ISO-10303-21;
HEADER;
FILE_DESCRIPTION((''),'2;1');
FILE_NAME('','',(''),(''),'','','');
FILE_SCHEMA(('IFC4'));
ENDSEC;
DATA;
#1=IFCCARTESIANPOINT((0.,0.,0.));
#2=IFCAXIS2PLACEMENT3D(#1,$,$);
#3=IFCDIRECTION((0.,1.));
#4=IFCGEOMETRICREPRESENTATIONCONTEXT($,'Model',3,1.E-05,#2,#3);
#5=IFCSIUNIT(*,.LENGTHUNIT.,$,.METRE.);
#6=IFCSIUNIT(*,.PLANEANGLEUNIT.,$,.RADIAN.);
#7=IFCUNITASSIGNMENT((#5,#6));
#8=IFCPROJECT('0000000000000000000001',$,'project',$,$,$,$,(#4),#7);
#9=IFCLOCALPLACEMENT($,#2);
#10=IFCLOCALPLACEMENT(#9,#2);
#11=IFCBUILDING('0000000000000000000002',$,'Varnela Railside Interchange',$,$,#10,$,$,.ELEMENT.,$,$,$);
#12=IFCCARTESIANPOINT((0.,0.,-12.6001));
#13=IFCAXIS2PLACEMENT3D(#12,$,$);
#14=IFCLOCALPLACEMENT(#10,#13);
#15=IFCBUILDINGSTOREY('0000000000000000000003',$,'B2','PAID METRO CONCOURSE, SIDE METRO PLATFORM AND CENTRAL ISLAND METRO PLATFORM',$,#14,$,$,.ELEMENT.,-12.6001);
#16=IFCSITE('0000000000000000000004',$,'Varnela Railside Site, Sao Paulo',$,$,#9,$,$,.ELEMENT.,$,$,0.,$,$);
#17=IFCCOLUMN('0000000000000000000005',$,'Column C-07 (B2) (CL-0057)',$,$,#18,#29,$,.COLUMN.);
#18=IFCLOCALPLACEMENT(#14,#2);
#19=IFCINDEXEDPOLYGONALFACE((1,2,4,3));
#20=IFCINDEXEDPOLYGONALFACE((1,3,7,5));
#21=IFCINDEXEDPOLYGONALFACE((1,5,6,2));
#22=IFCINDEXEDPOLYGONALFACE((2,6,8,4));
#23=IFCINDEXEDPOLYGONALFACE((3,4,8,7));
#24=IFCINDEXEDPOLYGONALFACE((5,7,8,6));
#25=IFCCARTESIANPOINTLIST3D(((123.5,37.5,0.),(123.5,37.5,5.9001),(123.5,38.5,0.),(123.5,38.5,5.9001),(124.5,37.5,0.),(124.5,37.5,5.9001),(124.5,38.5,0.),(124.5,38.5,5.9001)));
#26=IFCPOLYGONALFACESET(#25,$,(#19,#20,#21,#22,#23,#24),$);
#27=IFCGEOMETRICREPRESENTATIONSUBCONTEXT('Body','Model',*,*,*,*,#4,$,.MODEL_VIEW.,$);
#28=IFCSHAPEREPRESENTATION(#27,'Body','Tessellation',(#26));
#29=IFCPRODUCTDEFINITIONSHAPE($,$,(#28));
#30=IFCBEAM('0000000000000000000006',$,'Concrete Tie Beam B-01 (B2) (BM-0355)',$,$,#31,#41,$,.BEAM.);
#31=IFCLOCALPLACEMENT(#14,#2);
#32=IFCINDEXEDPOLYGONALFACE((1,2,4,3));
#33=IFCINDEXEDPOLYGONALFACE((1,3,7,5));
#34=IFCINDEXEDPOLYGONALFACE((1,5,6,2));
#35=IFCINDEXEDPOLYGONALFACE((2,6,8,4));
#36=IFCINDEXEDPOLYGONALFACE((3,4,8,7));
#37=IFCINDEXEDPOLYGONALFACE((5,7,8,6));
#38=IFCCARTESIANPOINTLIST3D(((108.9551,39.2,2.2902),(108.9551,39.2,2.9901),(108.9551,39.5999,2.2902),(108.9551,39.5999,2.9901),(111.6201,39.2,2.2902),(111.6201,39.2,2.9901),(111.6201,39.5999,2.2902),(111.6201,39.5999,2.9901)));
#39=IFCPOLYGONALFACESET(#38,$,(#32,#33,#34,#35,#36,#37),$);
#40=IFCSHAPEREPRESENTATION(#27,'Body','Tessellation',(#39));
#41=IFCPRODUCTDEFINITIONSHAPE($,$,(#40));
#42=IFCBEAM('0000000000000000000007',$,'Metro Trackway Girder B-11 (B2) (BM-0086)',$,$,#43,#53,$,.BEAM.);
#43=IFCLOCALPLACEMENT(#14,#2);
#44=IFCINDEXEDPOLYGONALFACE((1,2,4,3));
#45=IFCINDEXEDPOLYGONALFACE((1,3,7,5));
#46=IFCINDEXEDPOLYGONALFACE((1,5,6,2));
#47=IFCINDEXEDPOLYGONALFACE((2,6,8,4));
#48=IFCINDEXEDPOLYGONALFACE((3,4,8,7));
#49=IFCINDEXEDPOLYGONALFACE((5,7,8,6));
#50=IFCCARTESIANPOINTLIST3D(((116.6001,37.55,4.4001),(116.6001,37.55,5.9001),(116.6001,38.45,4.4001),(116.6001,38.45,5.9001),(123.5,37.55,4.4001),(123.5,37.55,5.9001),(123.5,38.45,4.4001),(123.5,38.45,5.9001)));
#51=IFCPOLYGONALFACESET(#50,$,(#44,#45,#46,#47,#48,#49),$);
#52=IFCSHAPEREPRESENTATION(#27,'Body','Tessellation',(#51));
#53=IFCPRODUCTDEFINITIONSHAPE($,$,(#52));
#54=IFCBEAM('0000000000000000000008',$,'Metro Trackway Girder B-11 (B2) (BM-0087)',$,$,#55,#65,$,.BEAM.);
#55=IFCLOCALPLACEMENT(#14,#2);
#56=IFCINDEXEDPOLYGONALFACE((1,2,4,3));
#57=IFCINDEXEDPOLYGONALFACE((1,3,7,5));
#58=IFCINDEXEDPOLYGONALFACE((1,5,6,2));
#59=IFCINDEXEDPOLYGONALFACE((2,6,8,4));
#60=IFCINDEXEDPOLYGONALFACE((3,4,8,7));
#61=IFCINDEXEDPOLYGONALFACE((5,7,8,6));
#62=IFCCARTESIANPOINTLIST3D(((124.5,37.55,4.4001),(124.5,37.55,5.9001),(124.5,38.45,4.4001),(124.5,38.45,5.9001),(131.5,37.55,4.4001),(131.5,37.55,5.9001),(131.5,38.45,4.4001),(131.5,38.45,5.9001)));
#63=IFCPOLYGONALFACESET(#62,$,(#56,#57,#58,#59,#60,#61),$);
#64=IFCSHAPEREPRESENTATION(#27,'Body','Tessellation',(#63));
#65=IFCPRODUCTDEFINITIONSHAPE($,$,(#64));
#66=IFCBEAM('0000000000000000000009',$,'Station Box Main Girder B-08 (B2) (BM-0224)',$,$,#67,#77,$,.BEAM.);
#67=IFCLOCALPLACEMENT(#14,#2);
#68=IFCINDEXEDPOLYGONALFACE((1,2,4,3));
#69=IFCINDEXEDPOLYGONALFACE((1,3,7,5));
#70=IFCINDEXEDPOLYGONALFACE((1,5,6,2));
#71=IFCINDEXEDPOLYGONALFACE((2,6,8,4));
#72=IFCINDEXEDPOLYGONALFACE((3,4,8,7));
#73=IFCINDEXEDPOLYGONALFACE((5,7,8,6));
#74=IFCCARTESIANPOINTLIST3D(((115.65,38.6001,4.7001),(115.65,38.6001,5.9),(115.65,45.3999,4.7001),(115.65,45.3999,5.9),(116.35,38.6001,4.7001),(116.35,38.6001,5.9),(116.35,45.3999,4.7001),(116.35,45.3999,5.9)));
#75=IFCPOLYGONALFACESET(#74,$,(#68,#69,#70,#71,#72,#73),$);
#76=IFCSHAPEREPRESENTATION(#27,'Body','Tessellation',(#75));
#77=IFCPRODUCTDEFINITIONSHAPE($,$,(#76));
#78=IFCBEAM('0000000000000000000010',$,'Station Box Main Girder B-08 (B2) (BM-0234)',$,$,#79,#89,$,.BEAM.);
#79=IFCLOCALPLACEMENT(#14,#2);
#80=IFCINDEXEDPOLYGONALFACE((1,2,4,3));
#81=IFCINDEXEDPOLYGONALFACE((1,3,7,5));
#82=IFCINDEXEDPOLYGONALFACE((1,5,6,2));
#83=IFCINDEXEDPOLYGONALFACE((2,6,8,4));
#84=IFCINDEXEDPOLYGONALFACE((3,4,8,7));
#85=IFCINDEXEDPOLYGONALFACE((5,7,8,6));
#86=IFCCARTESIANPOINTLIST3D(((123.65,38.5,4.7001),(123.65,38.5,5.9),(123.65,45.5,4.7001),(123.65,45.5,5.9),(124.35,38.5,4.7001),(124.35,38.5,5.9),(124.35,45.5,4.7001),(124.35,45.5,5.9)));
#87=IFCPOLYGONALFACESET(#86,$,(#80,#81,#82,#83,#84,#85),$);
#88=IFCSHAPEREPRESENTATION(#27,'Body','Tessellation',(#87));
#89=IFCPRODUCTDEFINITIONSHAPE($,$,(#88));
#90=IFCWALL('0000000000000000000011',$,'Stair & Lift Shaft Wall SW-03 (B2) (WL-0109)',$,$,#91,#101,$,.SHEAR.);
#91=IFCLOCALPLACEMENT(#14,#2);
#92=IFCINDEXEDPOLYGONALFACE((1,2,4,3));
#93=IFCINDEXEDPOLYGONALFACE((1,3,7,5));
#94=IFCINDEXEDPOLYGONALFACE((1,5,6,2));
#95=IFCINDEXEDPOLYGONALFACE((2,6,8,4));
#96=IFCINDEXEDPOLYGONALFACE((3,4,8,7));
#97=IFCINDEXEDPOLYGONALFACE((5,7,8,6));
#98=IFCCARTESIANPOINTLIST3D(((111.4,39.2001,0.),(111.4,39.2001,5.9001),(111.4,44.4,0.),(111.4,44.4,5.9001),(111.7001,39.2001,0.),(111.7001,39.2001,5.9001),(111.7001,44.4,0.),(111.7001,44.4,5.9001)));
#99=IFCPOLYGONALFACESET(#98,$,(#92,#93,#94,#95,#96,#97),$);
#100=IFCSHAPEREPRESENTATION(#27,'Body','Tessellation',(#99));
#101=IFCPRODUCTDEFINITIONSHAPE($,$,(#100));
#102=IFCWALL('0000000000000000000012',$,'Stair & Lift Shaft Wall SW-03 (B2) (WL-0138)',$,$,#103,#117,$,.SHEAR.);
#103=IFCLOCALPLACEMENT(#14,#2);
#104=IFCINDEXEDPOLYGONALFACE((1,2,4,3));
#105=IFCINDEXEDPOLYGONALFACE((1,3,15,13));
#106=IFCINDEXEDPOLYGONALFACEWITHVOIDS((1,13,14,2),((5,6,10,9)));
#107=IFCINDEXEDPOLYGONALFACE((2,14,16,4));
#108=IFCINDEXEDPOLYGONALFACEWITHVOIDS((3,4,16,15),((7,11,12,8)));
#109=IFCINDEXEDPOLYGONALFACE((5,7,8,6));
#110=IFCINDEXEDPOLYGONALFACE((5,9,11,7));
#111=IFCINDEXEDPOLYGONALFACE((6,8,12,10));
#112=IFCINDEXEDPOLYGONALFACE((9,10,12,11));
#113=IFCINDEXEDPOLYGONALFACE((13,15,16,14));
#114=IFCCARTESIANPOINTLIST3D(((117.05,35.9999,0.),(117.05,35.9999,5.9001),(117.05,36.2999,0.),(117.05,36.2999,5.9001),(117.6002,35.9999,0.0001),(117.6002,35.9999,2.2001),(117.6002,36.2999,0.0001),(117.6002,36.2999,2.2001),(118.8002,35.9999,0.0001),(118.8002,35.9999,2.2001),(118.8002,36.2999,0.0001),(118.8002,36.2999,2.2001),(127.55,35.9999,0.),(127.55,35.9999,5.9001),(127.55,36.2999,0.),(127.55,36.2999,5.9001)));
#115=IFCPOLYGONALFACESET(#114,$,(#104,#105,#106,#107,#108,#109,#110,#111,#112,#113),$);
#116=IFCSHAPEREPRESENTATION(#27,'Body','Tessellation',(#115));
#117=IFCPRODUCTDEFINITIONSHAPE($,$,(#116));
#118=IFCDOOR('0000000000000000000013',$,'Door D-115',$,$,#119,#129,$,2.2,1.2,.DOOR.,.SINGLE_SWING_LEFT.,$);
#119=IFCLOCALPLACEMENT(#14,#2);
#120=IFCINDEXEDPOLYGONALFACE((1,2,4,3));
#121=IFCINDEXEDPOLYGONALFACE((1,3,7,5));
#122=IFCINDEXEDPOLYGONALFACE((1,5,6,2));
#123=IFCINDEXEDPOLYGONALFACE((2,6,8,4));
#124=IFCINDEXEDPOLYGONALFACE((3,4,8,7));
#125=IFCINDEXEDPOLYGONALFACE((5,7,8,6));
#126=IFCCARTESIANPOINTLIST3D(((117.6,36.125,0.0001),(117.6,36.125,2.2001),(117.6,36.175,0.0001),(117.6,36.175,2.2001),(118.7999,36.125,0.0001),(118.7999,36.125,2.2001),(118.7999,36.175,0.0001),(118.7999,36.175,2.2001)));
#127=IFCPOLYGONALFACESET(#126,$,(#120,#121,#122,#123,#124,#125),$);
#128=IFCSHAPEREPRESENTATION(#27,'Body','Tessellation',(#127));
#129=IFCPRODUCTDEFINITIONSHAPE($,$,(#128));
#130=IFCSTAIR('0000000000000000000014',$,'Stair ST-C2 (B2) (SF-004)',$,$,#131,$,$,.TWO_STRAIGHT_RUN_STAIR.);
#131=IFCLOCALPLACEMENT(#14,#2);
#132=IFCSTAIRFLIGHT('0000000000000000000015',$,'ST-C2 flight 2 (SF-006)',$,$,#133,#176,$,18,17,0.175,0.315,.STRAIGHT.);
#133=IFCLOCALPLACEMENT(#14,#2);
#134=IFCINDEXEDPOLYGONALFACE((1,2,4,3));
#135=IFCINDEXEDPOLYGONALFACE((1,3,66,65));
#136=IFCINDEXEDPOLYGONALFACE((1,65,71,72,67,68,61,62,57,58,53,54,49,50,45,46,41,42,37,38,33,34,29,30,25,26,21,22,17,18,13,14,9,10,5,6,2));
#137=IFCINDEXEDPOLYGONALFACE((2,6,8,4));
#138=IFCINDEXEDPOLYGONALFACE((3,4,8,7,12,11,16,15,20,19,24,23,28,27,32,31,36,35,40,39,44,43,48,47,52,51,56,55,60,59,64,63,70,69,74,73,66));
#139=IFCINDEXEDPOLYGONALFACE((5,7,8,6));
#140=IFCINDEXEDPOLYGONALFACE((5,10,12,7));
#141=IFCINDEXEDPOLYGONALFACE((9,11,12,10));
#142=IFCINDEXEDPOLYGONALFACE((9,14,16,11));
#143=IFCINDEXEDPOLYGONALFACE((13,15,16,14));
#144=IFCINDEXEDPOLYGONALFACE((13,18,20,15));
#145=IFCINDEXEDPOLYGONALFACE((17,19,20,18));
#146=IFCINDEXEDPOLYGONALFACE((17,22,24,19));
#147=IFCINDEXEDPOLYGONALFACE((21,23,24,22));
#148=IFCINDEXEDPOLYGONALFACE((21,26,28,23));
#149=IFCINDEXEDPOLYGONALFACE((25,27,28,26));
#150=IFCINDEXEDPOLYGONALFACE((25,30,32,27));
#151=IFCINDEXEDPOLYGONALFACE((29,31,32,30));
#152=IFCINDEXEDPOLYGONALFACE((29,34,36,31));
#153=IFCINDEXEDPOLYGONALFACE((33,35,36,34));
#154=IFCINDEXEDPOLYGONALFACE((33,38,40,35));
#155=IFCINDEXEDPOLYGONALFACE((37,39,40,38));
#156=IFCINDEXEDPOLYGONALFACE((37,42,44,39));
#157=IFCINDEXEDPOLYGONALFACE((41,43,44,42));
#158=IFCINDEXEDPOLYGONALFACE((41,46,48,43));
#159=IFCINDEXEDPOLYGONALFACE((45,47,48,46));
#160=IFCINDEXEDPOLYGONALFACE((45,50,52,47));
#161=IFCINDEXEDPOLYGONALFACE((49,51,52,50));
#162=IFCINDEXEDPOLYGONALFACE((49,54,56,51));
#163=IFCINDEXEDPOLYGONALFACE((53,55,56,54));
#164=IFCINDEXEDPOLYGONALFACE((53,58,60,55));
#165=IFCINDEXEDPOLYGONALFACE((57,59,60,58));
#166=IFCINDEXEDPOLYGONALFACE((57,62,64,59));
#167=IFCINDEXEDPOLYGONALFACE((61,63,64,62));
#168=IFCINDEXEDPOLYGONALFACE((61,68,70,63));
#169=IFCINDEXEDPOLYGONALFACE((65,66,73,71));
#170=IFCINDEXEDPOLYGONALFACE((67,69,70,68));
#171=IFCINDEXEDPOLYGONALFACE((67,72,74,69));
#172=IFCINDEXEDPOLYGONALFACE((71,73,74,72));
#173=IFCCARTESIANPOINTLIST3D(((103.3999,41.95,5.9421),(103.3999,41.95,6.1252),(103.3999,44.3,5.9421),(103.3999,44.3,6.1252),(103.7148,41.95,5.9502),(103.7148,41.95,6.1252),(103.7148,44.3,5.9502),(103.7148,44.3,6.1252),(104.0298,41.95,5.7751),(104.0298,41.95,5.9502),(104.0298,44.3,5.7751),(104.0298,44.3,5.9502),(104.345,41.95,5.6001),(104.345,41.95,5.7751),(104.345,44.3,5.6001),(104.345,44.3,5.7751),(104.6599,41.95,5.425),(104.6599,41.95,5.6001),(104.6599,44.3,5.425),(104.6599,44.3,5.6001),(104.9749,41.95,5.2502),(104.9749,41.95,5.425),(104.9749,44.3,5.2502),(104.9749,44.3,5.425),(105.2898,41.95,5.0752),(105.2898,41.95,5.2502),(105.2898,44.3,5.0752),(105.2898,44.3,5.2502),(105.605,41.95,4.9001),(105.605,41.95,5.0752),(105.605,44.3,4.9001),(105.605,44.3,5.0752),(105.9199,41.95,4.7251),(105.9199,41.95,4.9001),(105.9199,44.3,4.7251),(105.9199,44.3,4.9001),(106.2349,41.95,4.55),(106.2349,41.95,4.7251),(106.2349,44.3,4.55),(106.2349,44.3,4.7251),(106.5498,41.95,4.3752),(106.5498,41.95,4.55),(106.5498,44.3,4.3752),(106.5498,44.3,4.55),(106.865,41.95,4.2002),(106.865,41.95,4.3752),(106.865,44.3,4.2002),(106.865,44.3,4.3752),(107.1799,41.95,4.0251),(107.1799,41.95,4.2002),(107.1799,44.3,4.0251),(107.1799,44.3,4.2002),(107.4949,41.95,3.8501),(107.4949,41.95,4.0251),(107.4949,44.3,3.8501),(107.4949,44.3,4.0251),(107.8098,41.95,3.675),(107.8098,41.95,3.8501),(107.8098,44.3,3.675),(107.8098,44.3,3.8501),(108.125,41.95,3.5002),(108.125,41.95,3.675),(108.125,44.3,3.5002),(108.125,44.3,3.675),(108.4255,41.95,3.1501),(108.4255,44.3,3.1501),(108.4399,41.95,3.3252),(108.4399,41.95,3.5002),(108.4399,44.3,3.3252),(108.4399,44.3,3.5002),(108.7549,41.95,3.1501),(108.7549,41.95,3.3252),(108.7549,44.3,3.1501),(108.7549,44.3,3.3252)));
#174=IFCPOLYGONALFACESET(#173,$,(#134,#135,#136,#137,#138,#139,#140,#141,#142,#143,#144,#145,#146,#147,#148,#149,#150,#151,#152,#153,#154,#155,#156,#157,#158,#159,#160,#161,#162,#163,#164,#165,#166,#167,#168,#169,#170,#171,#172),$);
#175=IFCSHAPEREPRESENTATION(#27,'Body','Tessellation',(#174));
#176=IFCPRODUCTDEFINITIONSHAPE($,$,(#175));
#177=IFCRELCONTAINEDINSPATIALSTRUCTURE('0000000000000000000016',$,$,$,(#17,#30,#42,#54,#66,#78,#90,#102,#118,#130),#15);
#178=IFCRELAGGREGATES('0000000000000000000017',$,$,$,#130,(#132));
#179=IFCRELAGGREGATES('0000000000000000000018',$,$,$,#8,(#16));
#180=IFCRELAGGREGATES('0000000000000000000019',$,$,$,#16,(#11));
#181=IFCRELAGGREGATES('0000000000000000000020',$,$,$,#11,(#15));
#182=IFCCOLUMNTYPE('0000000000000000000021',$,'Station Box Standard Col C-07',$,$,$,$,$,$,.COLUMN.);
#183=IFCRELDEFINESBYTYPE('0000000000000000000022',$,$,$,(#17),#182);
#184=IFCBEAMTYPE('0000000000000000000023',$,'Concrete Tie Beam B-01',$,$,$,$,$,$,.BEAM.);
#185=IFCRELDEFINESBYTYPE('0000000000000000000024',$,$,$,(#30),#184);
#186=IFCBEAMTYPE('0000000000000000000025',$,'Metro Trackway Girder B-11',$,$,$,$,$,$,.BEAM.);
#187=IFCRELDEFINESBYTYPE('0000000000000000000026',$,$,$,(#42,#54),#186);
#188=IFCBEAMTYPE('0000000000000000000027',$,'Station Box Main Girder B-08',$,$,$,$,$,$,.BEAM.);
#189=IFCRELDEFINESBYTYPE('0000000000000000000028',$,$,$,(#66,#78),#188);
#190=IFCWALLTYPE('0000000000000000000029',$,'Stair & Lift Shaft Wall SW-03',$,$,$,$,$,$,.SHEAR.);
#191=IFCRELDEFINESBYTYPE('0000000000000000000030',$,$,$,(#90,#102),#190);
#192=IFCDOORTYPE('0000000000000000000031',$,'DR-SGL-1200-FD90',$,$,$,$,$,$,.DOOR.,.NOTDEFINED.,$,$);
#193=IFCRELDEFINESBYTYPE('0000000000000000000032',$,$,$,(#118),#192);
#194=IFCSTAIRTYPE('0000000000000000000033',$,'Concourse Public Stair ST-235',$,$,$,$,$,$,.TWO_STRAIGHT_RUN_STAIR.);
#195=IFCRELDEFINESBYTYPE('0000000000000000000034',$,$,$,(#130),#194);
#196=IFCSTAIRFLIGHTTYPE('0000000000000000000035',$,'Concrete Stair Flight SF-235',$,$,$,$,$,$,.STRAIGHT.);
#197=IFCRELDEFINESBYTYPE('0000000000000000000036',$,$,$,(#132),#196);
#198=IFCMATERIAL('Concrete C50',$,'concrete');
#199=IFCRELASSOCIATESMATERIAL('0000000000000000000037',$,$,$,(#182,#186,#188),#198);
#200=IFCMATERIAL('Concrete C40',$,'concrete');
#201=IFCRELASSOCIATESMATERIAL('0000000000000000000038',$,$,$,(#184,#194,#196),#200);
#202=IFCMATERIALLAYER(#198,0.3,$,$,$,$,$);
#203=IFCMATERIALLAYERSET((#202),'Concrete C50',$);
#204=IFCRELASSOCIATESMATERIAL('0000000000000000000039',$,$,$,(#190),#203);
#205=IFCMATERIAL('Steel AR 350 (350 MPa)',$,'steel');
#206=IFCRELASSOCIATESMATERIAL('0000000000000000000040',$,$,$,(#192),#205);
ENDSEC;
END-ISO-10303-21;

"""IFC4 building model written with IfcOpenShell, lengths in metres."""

from ifc_helpers import new_model, si_unit, direction, frame, frame_2d, origin, origin_2d, place, context, subcontext, project, spatial, polyline, rectangle, outline, extrude, material, layer, layer_set, material_profile, profile_set, type_object, element, fill, aggregate, save


model = new_model("IFC4")

# Units and contexts
model_context = context("Model", 3, precision=1e-05, world=origin(), true_north=direction((0.0, 1.0)))
body_context = subcontext(model_context, "Body", "Model", "MODEL_VIEW")
ifc_project = project(units=[si_unit("LENGTHUNIT", "METRE"), si_unit("PLANEANGLEUNIT", "RADIAN")], contexts=[model_context])

# Site, building, storey
site_placement = place(None, origin())
site = spatial("IfcSite", under=ifc_project, at=site_placement, Name="Varnela Railside Site, Sao Paulo", CompositionType="ELEMENT", RefElevation=0.0)
building_placement = place(site_placement, origin())
building = spatial("IfcBuilding", under=site, at=building_placement, Name="Varnela Railside Interchange", CompositionType="ELEMENT")
storey_placement = place(building_placement, frame((0.0, 0.0, -12.6001)))
storey = spatial("IfcBuildingStorey", under=building, at=storey_placement, Name="B2", Description="PAID METRO CONCOURSE, SIDE METRO PLATFORM AND CENTRAL ISLAND METRO PLATFORM", CompositionType="ELEMENT", Elevation=-12.6001)

# Shared definitions
ifc_material_1 = material(Name="Concrete C40", Category="concrete")

# Shared definitions
ifc_material_2 = material(Name="Concrete C50", Category="concrete")

# Column
ifc_material_profile_1 = material_profile(ifc_material_2, rectangle(XDim=1.0, YDim=1.0, at=origin_2d()), Name="RC 1000x1000")
ifc_profile_set_1 = profile_set([ifc_material_profile_1], Name="Concrete C50")
column_type_1 = type_object("IfcColumnType", Name="Station Box Standard Col C-07", PredefinedType="COLUMN", material=ifc_profile_set_1)
column_1_placement = place(storey_placement, frame((124.0, 38.0, 0.0), z_axis=(0.0, 0.0, 1.0), x_axis=(1.0, 0.0, 0.0)))
element("IfcColumn", 1, at=column_1_placement, inside=storey, type_object=column_type_1, Name="Column C-07 (B2) (CL-0057)", PredefinedType="COLUMN", context=body_context, shape_type="SweptSolid", body=[
    extrude(rectangle(XDim=1.0, YDim=1.0, at=origin_2d()), origin(), (0.0, 0.0, 1.0), 5.9001),
])

# Beams
ifc_material_profile_2 = material_profile(ifc_material_1, rectangle(XDim=0.3999, YDim=0.7, at=origin_2d()), Name="RC 400x700")
ifc_profile_set_2 = profile_set([ifc_material_profile_2], Name="Concrete C40")
beam_type_1 = type_object("IfcBeamType", Name="Concrete Tie Beam B-01", PredefinedType="BEAM", material=ifc_profile_set_2)
beam_1_placement = place(storey_placement, frame((108.9551, 39.3999, 2.6401), z_axis=(1.0, 0.0, 0.0), x_axis=(0.0, 1.0, 0.0)))
element("IfcBeam", 2, at=beam_1_placement, inside=storey, type_object=beam_type_1, Name="Concrete Tie Beam B-01 (B2) (BM-0355)", PredefinedType="BEAM", context=body_context, shape_type="SweptSolid", body=[
    extrude(rectangle(XDim=0.3999, YDim=0.7, at=origin_2d()), origin(), (0.0, 0.0, 1.0), 2.665),
])
ifc_material_profile_3 = material_profile(ifc_material_2, rectangle(XDim=0.8999, YDim=1.5, at=origin_2d()), Name="RC 900x1500")
ifc_profile_set_3 = profile_set([ifc_material_profile_3], Name="Concrete C50")
beam_type_2 = type_object("IfcBeamType", Name="Metro Trackway Girder B-11", PredefinedType="BEAM", material=ifc_profile_set_3)
beam_2_placement = place(storey_placement, frame((116.6001, 38.0, 5.1501), z_axis=(1.0, 0.0, 0.0), x_axis=(0.0, 1.0, 0.0)))
element("IfcBeam", 3, at=beam_2_placement, inside=storey, type_object=beam_type_2, Name="Metro Trackway Girder B-11 (B2) (BM-0086)", PredefinedType="BEAM", context=body_context, shape_type="SweptSolid", body=[
    extrude(rectangle(XDim=0.8999, YDim=1.5, at=origin_2d()), origin(), (0.0, 0.0, 1.0), 6.8999),
])
beam_3_placement = place(storey_placement, frame((124.5, 38.0, 5.1501), z_axis=(1.0, 0.0, 0.0), x_axis=(0.0, 1.0, 0.0)))
element("IfcBeam", 4, at=beam_3_placement, inside=storey, type_object=beam_type_2, Name="Metro Trackway Girder B-11 (B2) (BM-0087)", PredefinedType="BEAM", context=body_context, shape_type="SweptSolid", body=[
    extrude(rectangle(XDim=0.8999, YDim=1.5, at=origin_2d()), origin(), (0.0, 0.0, 1.0), 7.0),
])
ifc_material_profile_4 = material_profile(ifc_material_2, rectangle(XDim=0.7, YDim=1.2, at=origin_2d()), Name="RC 700x1200")
ifc_profile_set_4 = profile_set([ifc_material_profile_4], Name="Concrete C50")
beam_type_3 = type_object("IfcBeamType", Name="Station Box Main Girder B-08", PredefinedType="BEAM", material=ifc_profile_set_4)
beam_4_placement = place(storey_placement, frame((116.0, 38.6001, 5.3), z_axis=(0.0, 1.0, 0.0), x_axis=(-1.0, 0.0, 0.0)))
element("IfcBeam", 5, at=beam_4_placement, inside=storey, type_object=beam_type_3, Name="Station Box Main Girder B-08 (B2) (BM-0224)", PredefinedType="BEAM", context=body_context, shape_type="SweptSolid", body=[
    extrude(rectangle(XDim=0.7, YDim=1.2, at=origin_2d()), origin(), (0.0, 0.0, 1.0), 6.7998),
])
beam_5_placement = place(storey_placement, frame((124.0, 38.5, 5.3), z_axis=(0.0, 1.0, 0.0), x_axis=(-1.0, 0.0, 0.0)))
element("IfcBeam", 6, at=beam_5_placement, inside=storey, type_object=beam_type_3, Name="Station Box Main Girder B-08 (B2) (BM-0234)", PredefinedType="BEAM", context=body_context, shape_type="SweptSolid", body=[
    extrude(rectangle(XDim=0.7, YDim=1.2, at=origin_2d()), origin(), (0.0, 0.0, 1.0), 7.0),
])

# Wall
ifc_layer = layer(ifc_material_2, 0.3)
ifc_layer_set = layer_set([ifc_layer], Name="Concrete C50")
wall_type = type_object("IfcWallType", Name="Stair & Lift Shaft Wall SW-03", PredefinedType="SHEAR", material=ifc_layer_set)
wall_1_placement = place(storey_placement, frame((111.55, 39.2, 0.0), z_axis=(0.0, 0.0, 1.0), x_axis=(0.0, 1.0, 0.0)))
element("IfcWall", 7, at=wall_1_placement, inside=storey, type_object=wall_type, Name="Stair & Lift Shaft Wall SW-03 (B2) (WL-0109)", PredefinedType="SHEAR", context=body_context, shape_type="SweptSolid", body=[
    extrude(rectangle(XDim=5.2, YDim=0.3, at=frame_2d((2.6001, 0.0))), origin(), (0.0, 0.0, 1.0), 5.9001),
])

# Wall, opening, door
wall_2_placement = place(storey_placement, frame((117.05, 36.1499, 0.0), z_axis=(0.0, 0.0, 1.0), x_axis=(1.0, 0.0, 0.0)))
wall_2 = element("IfcWall", 8, at=wall_2_placement, inside=storey, type_object=wall_type, Name="Stair & Lift Shaft Wall SW-03 (B2) (WL-0138)", PredefinedType="SHEAR", context=body_context, shape_type="SweptSolid", body=[
    extrude(rectangle(XDim=10.5, YDim=0.3, at=frame_2d((5.25, 0.0))), origin(), (0.0, 0.0, 1.0), 5.9001),
])
opening_placement = place(wall_2_placement, frame((0.55, 0.0, 0.0)))
opening = element("IfcOpeningElement", 9, at=opening_placement, cuts=wall_2, PredefinedType="OPENING", context=body_context, shape_type="SweptSolid", body=[
    extrude(rectangle(XDim=1.2, YDim=2.2, at=frame_2d((0.6001, 1.1001))), frame((0.0, 0.1599, 0.0), z_axis=(0.0, -1.0, 0.0), x_axis=(1.0, 0.0, 0.0)), (0.0, 0.0, 1.0), 0.3201),
])
ifc_material_3 = material(Name="Steel AR 350 (350 MPa)", Category="steel")
door_type = type_object("IfcDoorType", Name="DR-SGL-1200-FD90", OperationType="NOTDEFINED", PredefinedType="DOOR", material=ifc_material_3)
door_placement = place(opening_placement, frame((1.2, 0.0, 0.0), z_axis=(0.0, 0.0, 1.0), x_axis=(-1.0, 0.0, 0.0)))
door = element("IfcDoor", 10, at=door_placement, inside=storey, type_object=door_type, Name="Door D-115", OperationType="SINGLE_SWING_LEFT", OverallHeight=2.2, OverallWidth=1.2, PredefinedType="DOOR", context=body_context, shape_type="SweptSolid", body=[
    extrude(rectangle(XDim=1.2, YDim=2.2, at=frame_2d((0.6001, 1.1001))), frame((0.0, 0.0249, 0.0), z_axis=(0.0, -1.0, 0.0), x_axis=(1.0, 0.0, 0.0)), (0.0, 0.0, 1.0), 0.05),
])
fill(opening, door)

# Stair, stair flight
stair_type = type_object("IfcStairType", Name="Concourse Public Stair ST-235", PredefinedType="TWO_STRAIGHT_RUN_STAIR", material=ifc_material_1)
stair_1_placement = place(storey_placement, origin())
stair_1 = element("IfcStair", 11, at=stair_1_placement, inside=storey, type_object=stair_type, Name="Stair ST-C2 (B2) (SF-004)", PredefinedType="TWO_STRAIGHT_RUN_STAIR")
stair_flight_type = type_object("IfcStairFlightType", Name="Concrete Stair Flight SF-235", PredefinedType="STRAIGHT", material=ifc_material_1)
stair_flight_1_placement = place(storey_placement, frame((108.7549, 43.125, 3.1501), z_axis=(0.0, 0.0, 1.0), x_axis=(-1.0, 0.0, 0.0)))
stair_flight_1 = element("IfcStairFlight", 12, at=stair_flight_1_placement, type_object=stair_flight_type, Name="ST-C2 flight 2 (SF-006)", NumberOfRisers=18, NumberOfTreads=17, PredefinedType="STRAIGHT", RiserHeight=0.175, TreadLength=0.315, context=body_context, shape_type="SweptSolid", body=[
    extrude(outline(polyline([(0.0, 0.0), (0.0, 0.175), (0.3149, 0.175), (0.3149, 0.3501), (0.6299, 0.3501), (0.6299, 0.5249), (0.9451, 0.5249), (0.9451, 0.7), (1.26, 0.7), (1.26, 0.875), (1.575, 0.875), (1.575, 1.05), (1.8899, 1.05), (1.8899, 1.2251), (2.2051, 1.2251), (2.2051, 1.3999), (2.52, 1.3999), (2.52, 1.575), (2.835, 1.575), (2.835, 1.75), (3.1499, 1.75), (3.1499, 1.925), (3.4651, 1.925), (3.4651, 2.1001), (3.78, 2.1001), (3.78, 2.2749), (4.095, 2.2749), (4.095, 2.45), (4.4099, 2.45), (4.4099, 2.625), (4.7251, 2.625), (4.7251, 2.8), (5.04, 2.8), (5.04, 2.9751), (5.355, 2.9751), (5.355, 3.1499), (5.355, 2.792), (0.3293, 0.0), (0.0, 0.0)])), frame((0.0, 1.175, 0.0), z_axis=(0.0, -1.0, 0.0), x_axis=(1.0, 0.0, 0.0)), (0.0, 0.0, 1.0), 2.3501),
])
aggregate(stair_1, [stair_flight_1])

save(model, "model.ifc")
